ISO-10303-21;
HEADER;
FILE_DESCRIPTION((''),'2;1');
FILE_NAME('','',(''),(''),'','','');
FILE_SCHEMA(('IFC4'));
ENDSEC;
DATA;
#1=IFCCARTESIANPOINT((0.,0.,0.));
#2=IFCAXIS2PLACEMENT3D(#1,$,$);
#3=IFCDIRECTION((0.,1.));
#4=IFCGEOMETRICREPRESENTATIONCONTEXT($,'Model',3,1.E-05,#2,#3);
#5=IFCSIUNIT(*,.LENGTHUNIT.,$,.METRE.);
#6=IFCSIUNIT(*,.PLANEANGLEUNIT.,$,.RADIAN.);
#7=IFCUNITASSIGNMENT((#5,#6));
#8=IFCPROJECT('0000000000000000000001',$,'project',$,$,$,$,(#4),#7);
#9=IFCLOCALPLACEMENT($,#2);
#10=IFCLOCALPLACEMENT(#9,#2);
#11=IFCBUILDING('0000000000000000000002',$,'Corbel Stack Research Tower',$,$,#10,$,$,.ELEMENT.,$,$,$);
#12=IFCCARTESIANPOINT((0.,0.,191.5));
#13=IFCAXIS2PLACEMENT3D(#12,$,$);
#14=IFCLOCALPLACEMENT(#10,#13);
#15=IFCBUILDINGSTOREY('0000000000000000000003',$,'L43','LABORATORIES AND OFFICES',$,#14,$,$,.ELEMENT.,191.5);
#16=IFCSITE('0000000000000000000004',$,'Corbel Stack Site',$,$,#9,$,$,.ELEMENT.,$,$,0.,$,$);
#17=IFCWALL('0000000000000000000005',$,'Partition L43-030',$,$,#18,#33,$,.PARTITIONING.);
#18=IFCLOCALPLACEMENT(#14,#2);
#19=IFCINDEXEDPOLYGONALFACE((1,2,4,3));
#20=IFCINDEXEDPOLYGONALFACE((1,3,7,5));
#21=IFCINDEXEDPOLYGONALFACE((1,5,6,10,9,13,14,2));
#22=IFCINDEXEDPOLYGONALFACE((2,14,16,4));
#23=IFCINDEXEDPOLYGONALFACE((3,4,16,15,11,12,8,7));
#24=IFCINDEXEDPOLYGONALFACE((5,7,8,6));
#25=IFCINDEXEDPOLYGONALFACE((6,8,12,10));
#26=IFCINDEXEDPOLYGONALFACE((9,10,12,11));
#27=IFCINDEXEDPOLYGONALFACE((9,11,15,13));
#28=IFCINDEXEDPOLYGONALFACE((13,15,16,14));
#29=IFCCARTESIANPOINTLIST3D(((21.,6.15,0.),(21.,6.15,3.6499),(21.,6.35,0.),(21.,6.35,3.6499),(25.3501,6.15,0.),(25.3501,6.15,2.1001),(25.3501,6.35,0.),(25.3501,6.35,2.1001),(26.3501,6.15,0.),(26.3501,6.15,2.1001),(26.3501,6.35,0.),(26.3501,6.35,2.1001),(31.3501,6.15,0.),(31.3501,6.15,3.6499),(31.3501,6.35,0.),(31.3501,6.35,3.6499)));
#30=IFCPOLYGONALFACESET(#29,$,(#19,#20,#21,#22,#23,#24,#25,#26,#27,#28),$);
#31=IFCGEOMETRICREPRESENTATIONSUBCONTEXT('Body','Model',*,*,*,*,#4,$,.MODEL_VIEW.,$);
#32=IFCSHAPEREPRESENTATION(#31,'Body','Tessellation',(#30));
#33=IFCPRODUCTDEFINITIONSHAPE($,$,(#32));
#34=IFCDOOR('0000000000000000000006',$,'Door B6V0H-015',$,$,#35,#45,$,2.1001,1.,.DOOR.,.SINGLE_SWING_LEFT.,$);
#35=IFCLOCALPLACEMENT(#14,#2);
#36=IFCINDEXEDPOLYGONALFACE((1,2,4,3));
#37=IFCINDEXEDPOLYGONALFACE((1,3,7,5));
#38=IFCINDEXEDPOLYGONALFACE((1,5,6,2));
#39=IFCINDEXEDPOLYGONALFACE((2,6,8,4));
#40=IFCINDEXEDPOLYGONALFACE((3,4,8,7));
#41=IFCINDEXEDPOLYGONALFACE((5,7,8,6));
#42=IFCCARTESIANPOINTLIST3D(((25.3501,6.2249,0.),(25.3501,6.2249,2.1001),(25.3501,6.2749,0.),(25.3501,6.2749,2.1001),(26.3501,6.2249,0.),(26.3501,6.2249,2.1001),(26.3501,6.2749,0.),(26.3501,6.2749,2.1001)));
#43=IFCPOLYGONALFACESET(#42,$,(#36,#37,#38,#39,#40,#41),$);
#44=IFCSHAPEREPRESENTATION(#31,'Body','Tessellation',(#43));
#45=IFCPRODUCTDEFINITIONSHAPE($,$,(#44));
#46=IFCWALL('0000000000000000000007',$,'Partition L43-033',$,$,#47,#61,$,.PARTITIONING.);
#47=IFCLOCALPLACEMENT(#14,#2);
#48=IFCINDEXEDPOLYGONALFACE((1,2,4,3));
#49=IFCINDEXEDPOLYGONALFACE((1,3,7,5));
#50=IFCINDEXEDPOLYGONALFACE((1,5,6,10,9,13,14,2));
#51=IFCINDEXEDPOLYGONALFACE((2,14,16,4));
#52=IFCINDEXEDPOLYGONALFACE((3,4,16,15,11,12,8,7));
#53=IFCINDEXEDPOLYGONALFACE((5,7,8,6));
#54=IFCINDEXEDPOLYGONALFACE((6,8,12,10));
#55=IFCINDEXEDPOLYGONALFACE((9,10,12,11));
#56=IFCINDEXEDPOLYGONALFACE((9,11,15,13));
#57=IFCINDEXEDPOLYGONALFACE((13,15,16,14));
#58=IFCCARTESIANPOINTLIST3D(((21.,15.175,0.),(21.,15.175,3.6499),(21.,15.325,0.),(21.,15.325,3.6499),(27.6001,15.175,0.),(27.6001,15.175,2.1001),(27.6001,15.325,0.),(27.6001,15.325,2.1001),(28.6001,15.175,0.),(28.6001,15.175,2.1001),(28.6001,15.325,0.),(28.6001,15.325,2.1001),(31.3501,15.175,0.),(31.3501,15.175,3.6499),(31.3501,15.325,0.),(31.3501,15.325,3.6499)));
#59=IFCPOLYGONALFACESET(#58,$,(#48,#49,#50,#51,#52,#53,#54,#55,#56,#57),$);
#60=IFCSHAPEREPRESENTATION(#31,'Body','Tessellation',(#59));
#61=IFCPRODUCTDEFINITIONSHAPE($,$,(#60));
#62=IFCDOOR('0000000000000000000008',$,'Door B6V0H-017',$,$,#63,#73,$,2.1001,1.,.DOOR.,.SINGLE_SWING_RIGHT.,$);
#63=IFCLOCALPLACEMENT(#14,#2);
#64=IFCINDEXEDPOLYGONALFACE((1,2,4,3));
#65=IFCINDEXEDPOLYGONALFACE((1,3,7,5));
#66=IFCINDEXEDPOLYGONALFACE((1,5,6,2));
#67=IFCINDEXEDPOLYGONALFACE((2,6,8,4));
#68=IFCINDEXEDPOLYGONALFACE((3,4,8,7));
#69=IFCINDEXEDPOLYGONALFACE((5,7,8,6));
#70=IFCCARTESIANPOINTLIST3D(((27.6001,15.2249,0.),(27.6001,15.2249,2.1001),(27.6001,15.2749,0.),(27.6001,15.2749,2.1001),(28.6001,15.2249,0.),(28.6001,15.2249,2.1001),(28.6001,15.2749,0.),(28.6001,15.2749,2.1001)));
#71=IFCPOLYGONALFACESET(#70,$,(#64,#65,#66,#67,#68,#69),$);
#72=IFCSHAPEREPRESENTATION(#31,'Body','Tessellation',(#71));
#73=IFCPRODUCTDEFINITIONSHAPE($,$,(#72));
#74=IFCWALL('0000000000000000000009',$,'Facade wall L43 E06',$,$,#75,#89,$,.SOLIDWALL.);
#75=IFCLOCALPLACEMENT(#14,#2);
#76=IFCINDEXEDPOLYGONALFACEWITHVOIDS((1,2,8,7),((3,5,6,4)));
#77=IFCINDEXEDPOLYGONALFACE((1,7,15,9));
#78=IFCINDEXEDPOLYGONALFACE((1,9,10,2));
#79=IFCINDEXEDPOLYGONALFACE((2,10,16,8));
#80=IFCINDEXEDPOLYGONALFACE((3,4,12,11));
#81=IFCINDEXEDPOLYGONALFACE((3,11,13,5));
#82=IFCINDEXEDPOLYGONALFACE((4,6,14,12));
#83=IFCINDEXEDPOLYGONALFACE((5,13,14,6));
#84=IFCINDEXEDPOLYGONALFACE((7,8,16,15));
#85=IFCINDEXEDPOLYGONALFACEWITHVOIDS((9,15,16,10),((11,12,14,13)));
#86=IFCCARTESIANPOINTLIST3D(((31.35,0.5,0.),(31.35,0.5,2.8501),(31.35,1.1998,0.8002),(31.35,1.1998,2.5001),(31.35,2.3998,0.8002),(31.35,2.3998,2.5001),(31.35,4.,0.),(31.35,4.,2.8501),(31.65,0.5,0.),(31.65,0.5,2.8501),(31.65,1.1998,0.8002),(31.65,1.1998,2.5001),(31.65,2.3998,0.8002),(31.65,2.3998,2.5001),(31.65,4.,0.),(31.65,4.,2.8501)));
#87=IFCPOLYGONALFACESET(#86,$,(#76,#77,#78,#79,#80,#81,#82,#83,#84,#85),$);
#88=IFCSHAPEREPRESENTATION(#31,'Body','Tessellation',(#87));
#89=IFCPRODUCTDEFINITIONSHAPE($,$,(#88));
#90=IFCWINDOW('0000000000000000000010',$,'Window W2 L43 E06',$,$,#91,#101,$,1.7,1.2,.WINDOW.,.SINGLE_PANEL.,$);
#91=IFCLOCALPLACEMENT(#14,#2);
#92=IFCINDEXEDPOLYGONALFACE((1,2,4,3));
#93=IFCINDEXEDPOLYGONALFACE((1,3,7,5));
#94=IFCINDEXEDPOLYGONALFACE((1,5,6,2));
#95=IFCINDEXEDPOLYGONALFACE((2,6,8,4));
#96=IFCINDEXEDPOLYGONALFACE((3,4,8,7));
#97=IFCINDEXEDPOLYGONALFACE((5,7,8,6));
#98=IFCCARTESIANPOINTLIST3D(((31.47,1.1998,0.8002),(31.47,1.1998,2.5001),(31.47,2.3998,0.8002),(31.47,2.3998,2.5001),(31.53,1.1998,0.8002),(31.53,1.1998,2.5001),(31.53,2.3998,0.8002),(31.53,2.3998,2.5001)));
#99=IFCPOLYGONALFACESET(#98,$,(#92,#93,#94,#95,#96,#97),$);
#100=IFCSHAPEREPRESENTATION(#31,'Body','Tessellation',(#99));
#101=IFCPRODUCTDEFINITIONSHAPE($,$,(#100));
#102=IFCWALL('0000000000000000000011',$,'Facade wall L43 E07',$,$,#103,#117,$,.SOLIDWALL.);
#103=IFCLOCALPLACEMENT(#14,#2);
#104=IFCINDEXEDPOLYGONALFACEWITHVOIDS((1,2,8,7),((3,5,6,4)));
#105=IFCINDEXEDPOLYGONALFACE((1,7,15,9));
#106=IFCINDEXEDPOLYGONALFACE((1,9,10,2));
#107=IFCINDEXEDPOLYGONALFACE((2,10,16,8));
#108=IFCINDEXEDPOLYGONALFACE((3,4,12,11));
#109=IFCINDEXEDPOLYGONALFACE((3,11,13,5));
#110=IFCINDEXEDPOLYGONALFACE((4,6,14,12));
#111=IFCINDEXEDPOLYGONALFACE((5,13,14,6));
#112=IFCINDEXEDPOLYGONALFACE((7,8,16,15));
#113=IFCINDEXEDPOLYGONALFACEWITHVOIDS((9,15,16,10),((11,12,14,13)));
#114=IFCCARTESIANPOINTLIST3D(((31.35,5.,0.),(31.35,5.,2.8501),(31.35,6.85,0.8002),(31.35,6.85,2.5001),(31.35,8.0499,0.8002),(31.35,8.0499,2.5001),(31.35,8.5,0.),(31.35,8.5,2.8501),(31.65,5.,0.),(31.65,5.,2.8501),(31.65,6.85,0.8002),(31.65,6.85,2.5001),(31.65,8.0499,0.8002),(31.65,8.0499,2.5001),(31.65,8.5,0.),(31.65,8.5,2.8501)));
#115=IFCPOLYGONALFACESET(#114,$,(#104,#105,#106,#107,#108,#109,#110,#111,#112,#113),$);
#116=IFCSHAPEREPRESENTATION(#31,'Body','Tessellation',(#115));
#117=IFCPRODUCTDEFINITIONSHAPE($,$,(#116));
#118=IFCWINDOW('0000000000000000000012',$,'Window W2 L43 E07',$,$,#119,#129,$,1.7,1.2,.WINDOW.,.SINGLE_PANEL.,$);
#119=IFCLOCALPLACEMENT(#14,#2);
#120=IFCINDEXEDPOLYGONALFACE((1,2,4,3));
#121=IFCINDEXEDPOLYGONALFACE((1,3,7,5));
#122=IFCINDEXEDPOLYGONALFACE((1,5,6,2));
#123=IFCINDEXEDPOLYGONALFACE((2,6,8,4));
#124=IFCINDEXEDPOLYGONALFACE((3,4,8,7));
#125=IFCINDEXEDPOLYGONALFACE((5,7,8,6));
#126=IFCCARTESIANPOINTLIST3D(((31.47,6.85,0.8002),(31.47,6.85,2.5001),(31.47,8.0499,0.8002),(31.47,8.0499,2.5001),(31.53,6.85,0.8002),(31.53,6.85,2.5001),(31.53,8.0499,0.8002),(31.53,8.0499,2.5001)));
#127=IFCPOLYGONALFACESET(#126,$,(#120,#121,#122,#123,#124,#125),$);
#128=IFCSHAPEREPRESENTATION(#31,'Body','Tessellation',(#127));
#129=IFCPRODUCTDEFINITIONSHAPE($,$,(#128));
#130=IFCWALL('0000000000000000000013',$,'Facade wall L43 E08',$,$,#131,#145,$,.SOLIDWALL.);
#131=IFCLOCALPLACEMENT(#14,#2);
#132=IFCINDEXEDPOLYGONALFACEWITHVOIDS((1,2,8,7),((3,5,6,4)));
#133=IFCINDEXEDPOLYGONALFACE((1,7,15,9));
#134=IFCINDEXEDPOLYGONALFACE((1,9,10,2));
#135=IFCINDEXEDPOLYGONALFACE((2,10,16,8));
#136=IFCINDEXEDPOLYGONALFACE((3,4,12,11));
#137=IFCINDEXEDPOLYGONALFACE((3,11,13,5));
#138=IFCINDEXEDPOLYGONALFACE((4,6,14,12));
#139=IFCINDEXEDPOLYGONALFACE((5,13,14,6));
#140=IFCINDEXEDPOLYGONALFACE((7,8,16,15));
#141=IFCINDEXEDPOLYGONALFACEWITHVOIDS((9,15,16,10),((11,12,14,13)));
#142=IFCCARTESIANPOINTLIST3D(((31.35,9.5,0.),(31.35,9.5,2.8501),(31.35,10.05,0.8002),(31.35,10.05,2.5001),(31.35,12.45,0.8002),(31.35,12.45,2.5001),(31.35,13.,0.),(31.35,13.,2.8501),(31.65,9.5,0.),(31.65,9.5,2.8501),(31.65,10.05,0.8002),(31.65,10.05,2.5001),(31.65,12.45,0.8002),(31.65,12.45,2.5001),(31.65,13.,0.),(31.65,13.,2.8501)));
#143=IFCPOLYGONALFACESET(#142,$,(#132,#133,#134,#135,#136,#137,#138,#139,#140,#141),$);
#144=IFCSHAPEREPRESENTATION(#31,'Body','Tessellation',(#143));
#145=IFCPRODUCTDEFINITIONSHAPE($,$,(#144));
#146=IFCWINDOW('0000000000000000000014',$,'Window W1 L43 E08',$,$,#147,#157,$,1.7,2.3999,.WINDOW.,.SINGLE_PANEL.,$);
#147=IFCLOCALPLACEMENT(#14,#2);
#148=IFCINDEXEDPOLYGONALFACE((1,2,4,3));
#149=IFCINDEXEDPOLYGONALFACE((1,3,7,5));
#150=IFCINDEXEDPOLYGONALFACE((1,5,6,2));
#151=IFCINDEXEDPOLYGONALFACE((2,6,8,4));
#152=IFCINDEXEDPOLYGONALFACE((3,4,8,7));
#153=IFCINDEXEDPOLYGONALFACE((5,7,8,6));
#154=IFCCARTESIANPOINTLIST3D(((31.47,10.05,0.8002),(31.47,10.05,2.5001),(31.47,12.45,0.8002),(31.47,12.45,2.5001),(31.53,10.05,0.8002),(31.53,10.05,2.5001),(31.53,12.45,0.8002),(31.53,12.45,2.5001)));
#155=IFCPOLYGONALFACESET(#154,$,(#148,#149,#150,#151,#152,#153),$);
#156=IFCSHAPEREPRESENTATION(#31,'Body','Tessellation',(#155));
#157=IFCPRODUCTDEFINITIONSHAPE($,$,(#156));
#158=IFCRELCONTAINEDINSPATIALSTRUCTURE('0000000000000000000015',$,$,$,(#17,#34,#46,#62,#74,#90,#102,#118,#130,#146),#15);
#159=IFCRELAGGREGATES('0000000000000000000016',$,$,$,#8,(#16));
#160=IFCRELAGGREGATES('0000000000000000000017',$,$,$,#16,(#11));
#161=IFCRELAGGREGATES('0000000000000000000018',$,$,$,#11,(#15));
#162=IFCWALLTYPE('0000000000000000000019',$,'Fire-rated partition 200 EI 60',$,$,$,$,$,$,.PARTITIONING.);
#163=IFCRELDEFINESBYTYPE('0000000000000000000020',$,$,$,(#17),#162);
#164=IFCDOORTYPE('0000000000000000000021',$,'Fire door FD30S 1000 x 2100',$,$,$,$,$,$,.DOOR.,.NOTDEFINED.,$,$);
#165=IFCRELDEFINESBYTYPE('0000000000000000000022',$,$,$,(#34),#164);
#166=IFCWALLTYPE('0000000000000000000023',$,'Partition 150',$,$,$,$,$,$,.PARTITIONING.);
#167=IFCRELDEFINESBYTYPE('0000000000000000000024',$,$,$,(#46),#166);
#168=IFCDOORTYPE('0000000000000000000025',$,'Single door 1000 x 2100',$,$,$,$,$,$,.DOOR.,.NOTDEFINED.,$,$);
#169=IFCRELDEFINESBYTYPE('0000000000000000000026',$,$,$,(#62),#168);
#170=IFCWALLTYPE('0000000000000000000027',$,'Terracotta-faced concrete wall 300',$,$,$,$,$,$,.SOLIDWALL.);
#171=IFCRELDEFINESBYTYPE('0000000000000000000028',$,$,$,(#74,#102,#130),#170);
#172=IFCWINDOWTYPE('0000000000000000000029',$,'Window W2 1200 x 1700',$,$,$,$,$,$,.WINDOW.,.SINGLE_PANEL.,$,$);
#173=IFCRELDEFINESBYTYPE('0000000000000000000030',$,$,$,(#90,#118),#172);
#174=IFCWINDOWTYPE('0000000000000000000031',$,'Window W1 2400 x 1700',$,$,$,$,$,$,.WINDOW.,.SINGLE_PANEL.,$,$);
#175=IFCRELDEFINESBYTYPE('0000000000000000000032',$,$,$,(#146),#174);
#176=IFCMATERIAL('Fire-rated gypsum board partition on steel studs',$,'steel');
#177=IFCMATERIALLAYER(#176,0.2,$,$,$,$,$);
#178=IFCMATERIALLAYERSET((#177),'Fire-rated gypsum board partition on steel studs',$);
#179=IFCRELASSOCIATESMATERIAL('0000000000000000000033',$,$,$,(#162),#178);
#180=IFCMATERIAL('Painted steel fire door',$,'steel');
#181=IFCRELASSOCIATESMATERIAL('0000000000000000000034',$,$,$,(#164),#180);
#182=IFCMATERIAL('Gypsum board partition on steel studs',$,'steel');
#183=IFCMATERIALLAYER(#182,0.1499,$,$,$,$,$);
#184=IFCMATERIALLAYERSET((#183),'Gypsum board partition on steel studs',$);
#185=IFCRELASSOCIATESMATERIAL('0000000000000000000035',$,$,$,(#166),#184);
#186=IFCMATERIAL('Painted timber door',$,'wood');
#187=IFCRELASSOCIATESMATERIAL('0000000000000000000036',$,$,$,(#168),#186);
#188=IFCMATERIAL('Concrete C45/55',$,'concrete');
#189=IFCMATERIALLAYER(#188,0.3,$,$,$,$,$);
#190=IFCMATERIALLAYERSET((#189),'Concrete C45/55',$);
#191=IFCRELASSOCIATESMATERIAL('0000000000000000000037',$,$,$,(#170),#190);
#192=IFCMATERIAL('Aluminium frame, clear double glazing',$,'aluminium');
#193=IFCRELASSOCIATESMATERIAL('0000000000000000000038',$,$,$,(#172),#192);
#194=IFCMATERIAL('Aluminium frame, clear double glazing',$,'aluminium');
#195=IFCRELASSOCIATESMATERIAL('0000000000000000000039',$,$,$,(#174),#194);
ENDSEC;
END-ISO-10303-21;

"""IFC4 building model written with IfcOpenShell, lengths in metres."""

from ifc_helpers import new_model, si_unit, direction, frame, frame_2d, origin, place, context, subcontext, project, spatial, rectangle, extrude, material, layer, layer_set, type_object, element, fill, save


model = new_model("IFC4")

# Units and contexts
model_context = context("Model", 3, precision=1e-05, world=origin(), true_north=direction((0.0, 1.0)))
body_context = subcontext(model_context, "Body", "Model", "MODEL_VIEW")
ifc_project = project(units=[si_unit("LENGTHUNIT", "METRE"), si_unit("PLANEANGLEUNIT", "RADIAN")], contexts=[model_context])

# Site, building, storey
site_placement = place(None, origin())
site = spatial("IfcSite", under=ifc_project, at=site_placement, Name="Corbel Stack Site", CompositionType="ELEMENT", RefElevation=0.0)
building_placement = place(site_placement, origin())
building = spatial("IfcBuilding", under=site, at=building_placement, Name="Corbel Stack Research Tower", CompositionType="ELEMENT")
storey_placement = place(building_placement, frame((0.0, 0.0, 191.5)))
storey = spatial("IfcBuildingStorey", under=building, at=storey_placement, Name="L43", Description="LABORATORIES AND OFFICES", CompositionType="ELEMENT", Elevation=191.5)

# Shared definitions
ifc_material_1 = material(Name="Fire-rated gypsum board partition on steel studs", Category="steel")
ifc_layer_1 = layer(ifc_material_1, 0.2)
ifc_layer_set_1 = layer_set([ifc_layer_1], Name="Fire-rated gypsum board partition on steel studs")
wall_type_1 = type_object("IfcWallType", Name="Fire-rated partition 200 EI 60", PredefinedType="PARTITIONING", material=ifc_layer_set_1)

# Walls, openings, doors
ifc_material_2 = material(Name="Painted steel fire door", Category="steel")
door_type_1 = type_object("IfcDoorType", Name="Fire door FD30S 1000 x 2100", OperationType="NOTDEFINED", PredefinedType="DOOR", material=ifc_material_2)
wall_1_placement = place(storey_placement, frame((21.0, 6.25, 0.0), z_axis=(0.0, 0.0, 1.0), x_axis=(1.0, 0.0, 0.0)))
wall_1 = element("IfcWall", 1, at=wall_1_placement, inside=storey, type_object=wall_type_1, Name="Partition L43-030", PredefinedType="PARTITIONING", context=body_context, shape_type="SweptSolid", body=[
    extrude(rectangle(XDim=10.3501, YDim=0.2, at=frame_2d((5.175, 0.0))), origin(), (0.0, 0.0, 1.0), 3.6499),
])
opening_1_placement = place(wall_1_placement, frame((4.3501, 0.0, 0.0)))
opening_1 = element("IfcOpeningElement", 2, at=opening_1_placement, cuts=wall_1, PredefinedType="OPENING", context=body_context, shape_type="SweptSolid", body=[
    extrude(rectangle(XDim=1.0, YDim=2.1001, at=frame_2d((0.5, 1.05))), frame((0.0, 0.1099, 0.0), z_axis=(0.0, -1.0, 0.0), x_axis=(1.0, 0.0, 0.0)), (0.0, 0.0, 1.0), 0.22),
])
door_1_placement = place(opening_1_placement, origin())
door_1 = element("IfcDoor", 3, at=door_1_placement, inside=storey, type_object=door_type_1, Name="Door B6V0H-015", OperationType="SINGLE_SWING_LEFT", OverallHeight=2.1001, OverallWidth=1.0, PredefinedType="DOOR", context=body_context, shape_type="SweptSolid", body=[
    extrude(rectangle(XDim=1.0, YDim=2.1001, at=frame_2d((0.5, 1.05))), frame((0.0, 0.0249, 0.0), z_axis=(0.0, -1.0, 0.0), x_axis=(1.0, 0.0, 0.0)), (0.0, 0.0, 1.0), 0.05),
])
fill(opening_1, door_1)
ifc_material_3 = material(Name="Gypsum board partition on steel studs", Category="steel")
ifc_layer_2 = layer(ifc_material_3, 0.1499)
ifc_layer_set_2 = layer_set([ifc_layer_2], Name="Gypsum board partition on steel studs")
wall_type_2 = type_object("IfcWallType", Name="Partition 150", PredefinedType="PARTITIONING", material=ifc_layer_set_2)
wall_2_placement = place(storey_placement, frame((21.0, 15.25, 0.0), z_axis=(0.0, 0.0, 1.0), x_axis=(1.0, 0.0, 0.0)))
wall_2 = element("IfcWall", 4, at=wall_2_placement, inside=storey, type_object=wall_type_2, Name="Partition L43-033", PredefinedType="PARTITIONING", context=body_context, shape_type="SweptSolid", body=[
    extrude(rectangle(XDim=10.3501, YDim=0.1499, at=frame_2d((5.175, 0.0))), origin(), (0.0, 0.0, 1.0), 3.6499),
])
opening_2_placement = place(wall_2_placement, frame((6.6001, 0.0, 0.0)))
opening_2 = element("IfcOpeningElement", 5, at=opening_2_placement, cuts=wall_2, PredefinedType="OPENING", context=body_context, shape_type="SweptSolid", body=[
    extrude(rectangle(XDim=1.0, YDim=2.1001, at=frame_2d((0.5, 1.05))), frame((0.0, 0.085, 0.0), z_axis=(0.0, -1.0, 0.0), x_axis=(1.0, 0.0, 0.0)), (0.0, 0.0, 1.0), 0.1699),
])
ifc_material_4 = material(Name="Painted timber door", Category="wood")
door_type_2 = type_object("IfcDoorType", Name="Single door 1000 x 2100", OperationType="NOTDEFINED", PredefinedType="DOOR", material=ifc_material_4)
door_2_placement = place(opening_2_placement, origin())
door_2 = element("IfcDoor", 6, at=door_2_placement, inside=storey, type_object=door_type_2, Name="Door B6V0H-017", OperationType="SINGLE_SWING_RIGHT", OverallHeight=2.1001, OverallWidth=1.0, PredefinedType="DOOR", context=body_context, shape_type="SweptSolid", body=[
    extrude(rectangle(XDim=1.0, YDim=2.1001, at=frame_2d((0.5, 1.05))), frame((0.0, 0.0249, 0.0), z_axis=(0.0, -1.0, 0.0), x_axis=(1.0, 0.0, 0.0)), (0.0, 0.0, 1.0), 0.05),
])
fill(opening_2, door_2)

# Walls, openings, windows
ifc_material_5 = material(Name="Concrete C45/55", Category="concrete")
ifc_layer_3 = layer(ifc_material_5, 0.3)
ifc_layer_set_3 = layer_set([ifc_layer_3], Name="Concrete C45/55")
wall_type_3 = type_object("IfcWallType", Name="Terracotta-faced concrete wall 300", PredefinedType="SOLIDWALL", material=ifc_layer_set_3)
wall_3_placement = place(storey_placement, frame((31.5, 4.0, 0.0), z_axis=(0.0, 0.0, 1.0), x_axis=(0.0, -1.0, 0.0)))
wall_3 = element("IfcWall", 7, at=wall_3_placement, inside=storey, type_object=wall_type_3, Name="Facade wall L43 E06", PredefinedType="SOLIDWALL", context=body_context, shape_type="SweptSolid", body=[
    extrude(rectangle(XDim=3.5, YDim=0.3, at=frame_2d((1.75, 0.0))), origin(), (0.0, 0.0, 1.0), 2.8501),
])
opening_3_placement = place(wall_3_placement, frame((1.6001, 0.0, 0.8)))
opening_3 = element("IfcOpeningElement", 8, at=opening_3_placement, cuts=wall_3, PredefinedType="OPENING", context=body_context, shape_type="SweptSolid", body=[
    extrude(rectangle(XDim=1.2, YDim=1.7, at=frame_2d((0.6001, 0.8501))), frame((0.0, 0.1599, 0.0), z_axis=(0.0, -1.0, 0.0), x_axis=(1.0, 0.0, 0.0)), (0.0, 0.0, 1.0), 0.3201),
])
ifc_material_6 = material(Name="Aluminium frame, clear double glazing", Category="aluminium")
window_type_1 = type_object("IfcWindowType", Name="Window W2 1200 x 1700", PartitioningType="SINGLE_PANEL", PredefinedType="WINDOW", material=ifc_material_6)
window_1_placement = place(opening_3_placement, origin())
window_1 = element("IfcWindow", 9, at=window_1_placement, inside=storey, type_object=window_type_1, Name="Window W2 L43 E06", OverallHeight=1.7, OverallWidth=1.2, PartitioningType="SINGLE_PANEL", PredefinedType="WINDOW", context=body_context, shape_type="SweptSolid", body=[
    extrude(rectangle(XDim=1.2, YDim=1.7, at=frame_2d((0.6001, 0.8501))), frame((0.0, 0.03, 0.0), z_axis=(0.0, -1.0, 0.0), x_axis=(1.0, 0.0, 0.0)), (0.0, 0.0, 1.0), 0.0601),
])
fill(opening_3, window_1)
wall_4_placement = place(storey_placement, frame((31.5, 8.5, 0.0), z_axis=(0.0, 0.0, 1.0), x_axis=(0.0, -1.0, 0.0)))
wall_4 = element("IfcWall", 10, at=wall_4_placement, inside=storey, type_object=wall_type_3, Name="Facade wall L43 E07", PredefinedType="SOLIDWALL", context=body_context, shape_type="SweptSolid", body=[
    extrude(rectangle(XDim=3.5, YDim=0.3, at=frame_2d((1.75, 0.0))), origin(), (0.0, 0.0, 1.0), 2.8501),
])
opening_4_placement = place(wall_4_placement, frame((0.45, 0.0, 0.8)))
opening_4 = element("IfcOpeningElement", 11, at=opening_4_placement, cuts=wall_4, PredefinedType="OPENING", context=body_context, shape_type="SweptSolid", body=[
    extrude(rectangle(XDim=1.2, YDim=1.7, at=frame_2d((0.6001, 0.8501))), frame((0.0, 0.1599, 0.0), z_axis=(0.0, -1.0, 0.0), x_axis=(1.0, 0.0, 0.0)), (0.0, 0.0, 1.0), 0.3201),
])
window_2_placement = place(opening_4_placement, origin())
window_2 = element("IfcWindow", 12, at=window_2_placement, inside=storey, type_object=window_type_1, Name="Window W2 L43 E07", OverallHeight=1.7, OverallWidth=1.2, PartitioningType="SINGLE_PANEL", PredefinedType="WINDOW", context=body_context, shape_type="SweptSolid", body=[
    extrude(rectangle(XDim=1.2, YDim=1.7, at=frame_2d((0.6001, 0.8501))), frame((0.0, 0.03, 0.0), z_axis=(0.0, -1.0, 0.0), x_axis=(1.0, 0.0, 0.0)), (0.0, 0.0, 1.0), 0.0601),
])
fill(opening_4, window_2)
wall_5_placement = place(storey_placement, frame((31.5, 13.0, 0.0), z_axis=(0.0, 0.0, 1.0), x_axis=(0.0, -1.0, 0.0)))
wall_5 = element("IfcWall", 13, at=wall_5_placement, inside=storey, type_object=wall_type_3, Name="Facade wall L43 E08", PredefinedType="SOLIDWALL", context=body_context, shape_type="SweptSolid", body=[
    extrude(rectangle(XDim=3.5, YDim=0.3, at=frame_2d((1.75, 0.0))), origin(), (0.0, 0.0, 1.0), 2.8501),
])
opening_5_placement = place(wall_5_placement, frame((0.55, 0.0, 0.8)))
opening_5 = element("IfcOpeningElement", 14, at=opening_5_placement, cuts=wall_5, PredefinedType="OPENING", context=body_context, shape_type="SweptSolid", body=[
    extrude(rectangle(XDim=2.3999, YDim=1.7, at=frame_2d((1.2, 0.8501))), frame((0.0, 0.1599, 0.0), z_axis=(0.0, -1.0, 0.0), x_axis=(1.0, 0.0, 0.0)), (0.0, 0.0, 1.0), 0.3201),
])
ifc_material_7 = material(Name="Aluminium frame, clear double glazing", Category="aluminium")
window_type_2 = type_object("IfcWindowType", Name="Window W1 2400 x 1700", PartitioningType="SINGLE_PANEL", PredefinedType="WINDOW", material=ifc_material_7)
window_3_placement = place(opening_5_placement, origin())
window_3 = element("IfcWindow", 15, at=window_3_placement, inside=storey, type_object=window_type_2, Name="Window W1 L43 E08", OverallHeight=1.7, OverallWidth=2.3999, PartitioningType="SINGLE_PANEL", PredefinedType="WINDOW", context=body_context, shape_type="SweptSolid", body=[
    extrude(rectangle(XDim=2.3999, YDim=1.7, at=frame_2d((1.2, 0.8501))), frame((0.0, 0.03, 0.0), z_axis=(0.0, -1.0, 0.0), x_axis=(1.0, 0.0, 0.0)), (0.0, 0.0, 1.0), 0.0601),
])
fill(opening_5, window_3)

save(model, "model.ifc")
